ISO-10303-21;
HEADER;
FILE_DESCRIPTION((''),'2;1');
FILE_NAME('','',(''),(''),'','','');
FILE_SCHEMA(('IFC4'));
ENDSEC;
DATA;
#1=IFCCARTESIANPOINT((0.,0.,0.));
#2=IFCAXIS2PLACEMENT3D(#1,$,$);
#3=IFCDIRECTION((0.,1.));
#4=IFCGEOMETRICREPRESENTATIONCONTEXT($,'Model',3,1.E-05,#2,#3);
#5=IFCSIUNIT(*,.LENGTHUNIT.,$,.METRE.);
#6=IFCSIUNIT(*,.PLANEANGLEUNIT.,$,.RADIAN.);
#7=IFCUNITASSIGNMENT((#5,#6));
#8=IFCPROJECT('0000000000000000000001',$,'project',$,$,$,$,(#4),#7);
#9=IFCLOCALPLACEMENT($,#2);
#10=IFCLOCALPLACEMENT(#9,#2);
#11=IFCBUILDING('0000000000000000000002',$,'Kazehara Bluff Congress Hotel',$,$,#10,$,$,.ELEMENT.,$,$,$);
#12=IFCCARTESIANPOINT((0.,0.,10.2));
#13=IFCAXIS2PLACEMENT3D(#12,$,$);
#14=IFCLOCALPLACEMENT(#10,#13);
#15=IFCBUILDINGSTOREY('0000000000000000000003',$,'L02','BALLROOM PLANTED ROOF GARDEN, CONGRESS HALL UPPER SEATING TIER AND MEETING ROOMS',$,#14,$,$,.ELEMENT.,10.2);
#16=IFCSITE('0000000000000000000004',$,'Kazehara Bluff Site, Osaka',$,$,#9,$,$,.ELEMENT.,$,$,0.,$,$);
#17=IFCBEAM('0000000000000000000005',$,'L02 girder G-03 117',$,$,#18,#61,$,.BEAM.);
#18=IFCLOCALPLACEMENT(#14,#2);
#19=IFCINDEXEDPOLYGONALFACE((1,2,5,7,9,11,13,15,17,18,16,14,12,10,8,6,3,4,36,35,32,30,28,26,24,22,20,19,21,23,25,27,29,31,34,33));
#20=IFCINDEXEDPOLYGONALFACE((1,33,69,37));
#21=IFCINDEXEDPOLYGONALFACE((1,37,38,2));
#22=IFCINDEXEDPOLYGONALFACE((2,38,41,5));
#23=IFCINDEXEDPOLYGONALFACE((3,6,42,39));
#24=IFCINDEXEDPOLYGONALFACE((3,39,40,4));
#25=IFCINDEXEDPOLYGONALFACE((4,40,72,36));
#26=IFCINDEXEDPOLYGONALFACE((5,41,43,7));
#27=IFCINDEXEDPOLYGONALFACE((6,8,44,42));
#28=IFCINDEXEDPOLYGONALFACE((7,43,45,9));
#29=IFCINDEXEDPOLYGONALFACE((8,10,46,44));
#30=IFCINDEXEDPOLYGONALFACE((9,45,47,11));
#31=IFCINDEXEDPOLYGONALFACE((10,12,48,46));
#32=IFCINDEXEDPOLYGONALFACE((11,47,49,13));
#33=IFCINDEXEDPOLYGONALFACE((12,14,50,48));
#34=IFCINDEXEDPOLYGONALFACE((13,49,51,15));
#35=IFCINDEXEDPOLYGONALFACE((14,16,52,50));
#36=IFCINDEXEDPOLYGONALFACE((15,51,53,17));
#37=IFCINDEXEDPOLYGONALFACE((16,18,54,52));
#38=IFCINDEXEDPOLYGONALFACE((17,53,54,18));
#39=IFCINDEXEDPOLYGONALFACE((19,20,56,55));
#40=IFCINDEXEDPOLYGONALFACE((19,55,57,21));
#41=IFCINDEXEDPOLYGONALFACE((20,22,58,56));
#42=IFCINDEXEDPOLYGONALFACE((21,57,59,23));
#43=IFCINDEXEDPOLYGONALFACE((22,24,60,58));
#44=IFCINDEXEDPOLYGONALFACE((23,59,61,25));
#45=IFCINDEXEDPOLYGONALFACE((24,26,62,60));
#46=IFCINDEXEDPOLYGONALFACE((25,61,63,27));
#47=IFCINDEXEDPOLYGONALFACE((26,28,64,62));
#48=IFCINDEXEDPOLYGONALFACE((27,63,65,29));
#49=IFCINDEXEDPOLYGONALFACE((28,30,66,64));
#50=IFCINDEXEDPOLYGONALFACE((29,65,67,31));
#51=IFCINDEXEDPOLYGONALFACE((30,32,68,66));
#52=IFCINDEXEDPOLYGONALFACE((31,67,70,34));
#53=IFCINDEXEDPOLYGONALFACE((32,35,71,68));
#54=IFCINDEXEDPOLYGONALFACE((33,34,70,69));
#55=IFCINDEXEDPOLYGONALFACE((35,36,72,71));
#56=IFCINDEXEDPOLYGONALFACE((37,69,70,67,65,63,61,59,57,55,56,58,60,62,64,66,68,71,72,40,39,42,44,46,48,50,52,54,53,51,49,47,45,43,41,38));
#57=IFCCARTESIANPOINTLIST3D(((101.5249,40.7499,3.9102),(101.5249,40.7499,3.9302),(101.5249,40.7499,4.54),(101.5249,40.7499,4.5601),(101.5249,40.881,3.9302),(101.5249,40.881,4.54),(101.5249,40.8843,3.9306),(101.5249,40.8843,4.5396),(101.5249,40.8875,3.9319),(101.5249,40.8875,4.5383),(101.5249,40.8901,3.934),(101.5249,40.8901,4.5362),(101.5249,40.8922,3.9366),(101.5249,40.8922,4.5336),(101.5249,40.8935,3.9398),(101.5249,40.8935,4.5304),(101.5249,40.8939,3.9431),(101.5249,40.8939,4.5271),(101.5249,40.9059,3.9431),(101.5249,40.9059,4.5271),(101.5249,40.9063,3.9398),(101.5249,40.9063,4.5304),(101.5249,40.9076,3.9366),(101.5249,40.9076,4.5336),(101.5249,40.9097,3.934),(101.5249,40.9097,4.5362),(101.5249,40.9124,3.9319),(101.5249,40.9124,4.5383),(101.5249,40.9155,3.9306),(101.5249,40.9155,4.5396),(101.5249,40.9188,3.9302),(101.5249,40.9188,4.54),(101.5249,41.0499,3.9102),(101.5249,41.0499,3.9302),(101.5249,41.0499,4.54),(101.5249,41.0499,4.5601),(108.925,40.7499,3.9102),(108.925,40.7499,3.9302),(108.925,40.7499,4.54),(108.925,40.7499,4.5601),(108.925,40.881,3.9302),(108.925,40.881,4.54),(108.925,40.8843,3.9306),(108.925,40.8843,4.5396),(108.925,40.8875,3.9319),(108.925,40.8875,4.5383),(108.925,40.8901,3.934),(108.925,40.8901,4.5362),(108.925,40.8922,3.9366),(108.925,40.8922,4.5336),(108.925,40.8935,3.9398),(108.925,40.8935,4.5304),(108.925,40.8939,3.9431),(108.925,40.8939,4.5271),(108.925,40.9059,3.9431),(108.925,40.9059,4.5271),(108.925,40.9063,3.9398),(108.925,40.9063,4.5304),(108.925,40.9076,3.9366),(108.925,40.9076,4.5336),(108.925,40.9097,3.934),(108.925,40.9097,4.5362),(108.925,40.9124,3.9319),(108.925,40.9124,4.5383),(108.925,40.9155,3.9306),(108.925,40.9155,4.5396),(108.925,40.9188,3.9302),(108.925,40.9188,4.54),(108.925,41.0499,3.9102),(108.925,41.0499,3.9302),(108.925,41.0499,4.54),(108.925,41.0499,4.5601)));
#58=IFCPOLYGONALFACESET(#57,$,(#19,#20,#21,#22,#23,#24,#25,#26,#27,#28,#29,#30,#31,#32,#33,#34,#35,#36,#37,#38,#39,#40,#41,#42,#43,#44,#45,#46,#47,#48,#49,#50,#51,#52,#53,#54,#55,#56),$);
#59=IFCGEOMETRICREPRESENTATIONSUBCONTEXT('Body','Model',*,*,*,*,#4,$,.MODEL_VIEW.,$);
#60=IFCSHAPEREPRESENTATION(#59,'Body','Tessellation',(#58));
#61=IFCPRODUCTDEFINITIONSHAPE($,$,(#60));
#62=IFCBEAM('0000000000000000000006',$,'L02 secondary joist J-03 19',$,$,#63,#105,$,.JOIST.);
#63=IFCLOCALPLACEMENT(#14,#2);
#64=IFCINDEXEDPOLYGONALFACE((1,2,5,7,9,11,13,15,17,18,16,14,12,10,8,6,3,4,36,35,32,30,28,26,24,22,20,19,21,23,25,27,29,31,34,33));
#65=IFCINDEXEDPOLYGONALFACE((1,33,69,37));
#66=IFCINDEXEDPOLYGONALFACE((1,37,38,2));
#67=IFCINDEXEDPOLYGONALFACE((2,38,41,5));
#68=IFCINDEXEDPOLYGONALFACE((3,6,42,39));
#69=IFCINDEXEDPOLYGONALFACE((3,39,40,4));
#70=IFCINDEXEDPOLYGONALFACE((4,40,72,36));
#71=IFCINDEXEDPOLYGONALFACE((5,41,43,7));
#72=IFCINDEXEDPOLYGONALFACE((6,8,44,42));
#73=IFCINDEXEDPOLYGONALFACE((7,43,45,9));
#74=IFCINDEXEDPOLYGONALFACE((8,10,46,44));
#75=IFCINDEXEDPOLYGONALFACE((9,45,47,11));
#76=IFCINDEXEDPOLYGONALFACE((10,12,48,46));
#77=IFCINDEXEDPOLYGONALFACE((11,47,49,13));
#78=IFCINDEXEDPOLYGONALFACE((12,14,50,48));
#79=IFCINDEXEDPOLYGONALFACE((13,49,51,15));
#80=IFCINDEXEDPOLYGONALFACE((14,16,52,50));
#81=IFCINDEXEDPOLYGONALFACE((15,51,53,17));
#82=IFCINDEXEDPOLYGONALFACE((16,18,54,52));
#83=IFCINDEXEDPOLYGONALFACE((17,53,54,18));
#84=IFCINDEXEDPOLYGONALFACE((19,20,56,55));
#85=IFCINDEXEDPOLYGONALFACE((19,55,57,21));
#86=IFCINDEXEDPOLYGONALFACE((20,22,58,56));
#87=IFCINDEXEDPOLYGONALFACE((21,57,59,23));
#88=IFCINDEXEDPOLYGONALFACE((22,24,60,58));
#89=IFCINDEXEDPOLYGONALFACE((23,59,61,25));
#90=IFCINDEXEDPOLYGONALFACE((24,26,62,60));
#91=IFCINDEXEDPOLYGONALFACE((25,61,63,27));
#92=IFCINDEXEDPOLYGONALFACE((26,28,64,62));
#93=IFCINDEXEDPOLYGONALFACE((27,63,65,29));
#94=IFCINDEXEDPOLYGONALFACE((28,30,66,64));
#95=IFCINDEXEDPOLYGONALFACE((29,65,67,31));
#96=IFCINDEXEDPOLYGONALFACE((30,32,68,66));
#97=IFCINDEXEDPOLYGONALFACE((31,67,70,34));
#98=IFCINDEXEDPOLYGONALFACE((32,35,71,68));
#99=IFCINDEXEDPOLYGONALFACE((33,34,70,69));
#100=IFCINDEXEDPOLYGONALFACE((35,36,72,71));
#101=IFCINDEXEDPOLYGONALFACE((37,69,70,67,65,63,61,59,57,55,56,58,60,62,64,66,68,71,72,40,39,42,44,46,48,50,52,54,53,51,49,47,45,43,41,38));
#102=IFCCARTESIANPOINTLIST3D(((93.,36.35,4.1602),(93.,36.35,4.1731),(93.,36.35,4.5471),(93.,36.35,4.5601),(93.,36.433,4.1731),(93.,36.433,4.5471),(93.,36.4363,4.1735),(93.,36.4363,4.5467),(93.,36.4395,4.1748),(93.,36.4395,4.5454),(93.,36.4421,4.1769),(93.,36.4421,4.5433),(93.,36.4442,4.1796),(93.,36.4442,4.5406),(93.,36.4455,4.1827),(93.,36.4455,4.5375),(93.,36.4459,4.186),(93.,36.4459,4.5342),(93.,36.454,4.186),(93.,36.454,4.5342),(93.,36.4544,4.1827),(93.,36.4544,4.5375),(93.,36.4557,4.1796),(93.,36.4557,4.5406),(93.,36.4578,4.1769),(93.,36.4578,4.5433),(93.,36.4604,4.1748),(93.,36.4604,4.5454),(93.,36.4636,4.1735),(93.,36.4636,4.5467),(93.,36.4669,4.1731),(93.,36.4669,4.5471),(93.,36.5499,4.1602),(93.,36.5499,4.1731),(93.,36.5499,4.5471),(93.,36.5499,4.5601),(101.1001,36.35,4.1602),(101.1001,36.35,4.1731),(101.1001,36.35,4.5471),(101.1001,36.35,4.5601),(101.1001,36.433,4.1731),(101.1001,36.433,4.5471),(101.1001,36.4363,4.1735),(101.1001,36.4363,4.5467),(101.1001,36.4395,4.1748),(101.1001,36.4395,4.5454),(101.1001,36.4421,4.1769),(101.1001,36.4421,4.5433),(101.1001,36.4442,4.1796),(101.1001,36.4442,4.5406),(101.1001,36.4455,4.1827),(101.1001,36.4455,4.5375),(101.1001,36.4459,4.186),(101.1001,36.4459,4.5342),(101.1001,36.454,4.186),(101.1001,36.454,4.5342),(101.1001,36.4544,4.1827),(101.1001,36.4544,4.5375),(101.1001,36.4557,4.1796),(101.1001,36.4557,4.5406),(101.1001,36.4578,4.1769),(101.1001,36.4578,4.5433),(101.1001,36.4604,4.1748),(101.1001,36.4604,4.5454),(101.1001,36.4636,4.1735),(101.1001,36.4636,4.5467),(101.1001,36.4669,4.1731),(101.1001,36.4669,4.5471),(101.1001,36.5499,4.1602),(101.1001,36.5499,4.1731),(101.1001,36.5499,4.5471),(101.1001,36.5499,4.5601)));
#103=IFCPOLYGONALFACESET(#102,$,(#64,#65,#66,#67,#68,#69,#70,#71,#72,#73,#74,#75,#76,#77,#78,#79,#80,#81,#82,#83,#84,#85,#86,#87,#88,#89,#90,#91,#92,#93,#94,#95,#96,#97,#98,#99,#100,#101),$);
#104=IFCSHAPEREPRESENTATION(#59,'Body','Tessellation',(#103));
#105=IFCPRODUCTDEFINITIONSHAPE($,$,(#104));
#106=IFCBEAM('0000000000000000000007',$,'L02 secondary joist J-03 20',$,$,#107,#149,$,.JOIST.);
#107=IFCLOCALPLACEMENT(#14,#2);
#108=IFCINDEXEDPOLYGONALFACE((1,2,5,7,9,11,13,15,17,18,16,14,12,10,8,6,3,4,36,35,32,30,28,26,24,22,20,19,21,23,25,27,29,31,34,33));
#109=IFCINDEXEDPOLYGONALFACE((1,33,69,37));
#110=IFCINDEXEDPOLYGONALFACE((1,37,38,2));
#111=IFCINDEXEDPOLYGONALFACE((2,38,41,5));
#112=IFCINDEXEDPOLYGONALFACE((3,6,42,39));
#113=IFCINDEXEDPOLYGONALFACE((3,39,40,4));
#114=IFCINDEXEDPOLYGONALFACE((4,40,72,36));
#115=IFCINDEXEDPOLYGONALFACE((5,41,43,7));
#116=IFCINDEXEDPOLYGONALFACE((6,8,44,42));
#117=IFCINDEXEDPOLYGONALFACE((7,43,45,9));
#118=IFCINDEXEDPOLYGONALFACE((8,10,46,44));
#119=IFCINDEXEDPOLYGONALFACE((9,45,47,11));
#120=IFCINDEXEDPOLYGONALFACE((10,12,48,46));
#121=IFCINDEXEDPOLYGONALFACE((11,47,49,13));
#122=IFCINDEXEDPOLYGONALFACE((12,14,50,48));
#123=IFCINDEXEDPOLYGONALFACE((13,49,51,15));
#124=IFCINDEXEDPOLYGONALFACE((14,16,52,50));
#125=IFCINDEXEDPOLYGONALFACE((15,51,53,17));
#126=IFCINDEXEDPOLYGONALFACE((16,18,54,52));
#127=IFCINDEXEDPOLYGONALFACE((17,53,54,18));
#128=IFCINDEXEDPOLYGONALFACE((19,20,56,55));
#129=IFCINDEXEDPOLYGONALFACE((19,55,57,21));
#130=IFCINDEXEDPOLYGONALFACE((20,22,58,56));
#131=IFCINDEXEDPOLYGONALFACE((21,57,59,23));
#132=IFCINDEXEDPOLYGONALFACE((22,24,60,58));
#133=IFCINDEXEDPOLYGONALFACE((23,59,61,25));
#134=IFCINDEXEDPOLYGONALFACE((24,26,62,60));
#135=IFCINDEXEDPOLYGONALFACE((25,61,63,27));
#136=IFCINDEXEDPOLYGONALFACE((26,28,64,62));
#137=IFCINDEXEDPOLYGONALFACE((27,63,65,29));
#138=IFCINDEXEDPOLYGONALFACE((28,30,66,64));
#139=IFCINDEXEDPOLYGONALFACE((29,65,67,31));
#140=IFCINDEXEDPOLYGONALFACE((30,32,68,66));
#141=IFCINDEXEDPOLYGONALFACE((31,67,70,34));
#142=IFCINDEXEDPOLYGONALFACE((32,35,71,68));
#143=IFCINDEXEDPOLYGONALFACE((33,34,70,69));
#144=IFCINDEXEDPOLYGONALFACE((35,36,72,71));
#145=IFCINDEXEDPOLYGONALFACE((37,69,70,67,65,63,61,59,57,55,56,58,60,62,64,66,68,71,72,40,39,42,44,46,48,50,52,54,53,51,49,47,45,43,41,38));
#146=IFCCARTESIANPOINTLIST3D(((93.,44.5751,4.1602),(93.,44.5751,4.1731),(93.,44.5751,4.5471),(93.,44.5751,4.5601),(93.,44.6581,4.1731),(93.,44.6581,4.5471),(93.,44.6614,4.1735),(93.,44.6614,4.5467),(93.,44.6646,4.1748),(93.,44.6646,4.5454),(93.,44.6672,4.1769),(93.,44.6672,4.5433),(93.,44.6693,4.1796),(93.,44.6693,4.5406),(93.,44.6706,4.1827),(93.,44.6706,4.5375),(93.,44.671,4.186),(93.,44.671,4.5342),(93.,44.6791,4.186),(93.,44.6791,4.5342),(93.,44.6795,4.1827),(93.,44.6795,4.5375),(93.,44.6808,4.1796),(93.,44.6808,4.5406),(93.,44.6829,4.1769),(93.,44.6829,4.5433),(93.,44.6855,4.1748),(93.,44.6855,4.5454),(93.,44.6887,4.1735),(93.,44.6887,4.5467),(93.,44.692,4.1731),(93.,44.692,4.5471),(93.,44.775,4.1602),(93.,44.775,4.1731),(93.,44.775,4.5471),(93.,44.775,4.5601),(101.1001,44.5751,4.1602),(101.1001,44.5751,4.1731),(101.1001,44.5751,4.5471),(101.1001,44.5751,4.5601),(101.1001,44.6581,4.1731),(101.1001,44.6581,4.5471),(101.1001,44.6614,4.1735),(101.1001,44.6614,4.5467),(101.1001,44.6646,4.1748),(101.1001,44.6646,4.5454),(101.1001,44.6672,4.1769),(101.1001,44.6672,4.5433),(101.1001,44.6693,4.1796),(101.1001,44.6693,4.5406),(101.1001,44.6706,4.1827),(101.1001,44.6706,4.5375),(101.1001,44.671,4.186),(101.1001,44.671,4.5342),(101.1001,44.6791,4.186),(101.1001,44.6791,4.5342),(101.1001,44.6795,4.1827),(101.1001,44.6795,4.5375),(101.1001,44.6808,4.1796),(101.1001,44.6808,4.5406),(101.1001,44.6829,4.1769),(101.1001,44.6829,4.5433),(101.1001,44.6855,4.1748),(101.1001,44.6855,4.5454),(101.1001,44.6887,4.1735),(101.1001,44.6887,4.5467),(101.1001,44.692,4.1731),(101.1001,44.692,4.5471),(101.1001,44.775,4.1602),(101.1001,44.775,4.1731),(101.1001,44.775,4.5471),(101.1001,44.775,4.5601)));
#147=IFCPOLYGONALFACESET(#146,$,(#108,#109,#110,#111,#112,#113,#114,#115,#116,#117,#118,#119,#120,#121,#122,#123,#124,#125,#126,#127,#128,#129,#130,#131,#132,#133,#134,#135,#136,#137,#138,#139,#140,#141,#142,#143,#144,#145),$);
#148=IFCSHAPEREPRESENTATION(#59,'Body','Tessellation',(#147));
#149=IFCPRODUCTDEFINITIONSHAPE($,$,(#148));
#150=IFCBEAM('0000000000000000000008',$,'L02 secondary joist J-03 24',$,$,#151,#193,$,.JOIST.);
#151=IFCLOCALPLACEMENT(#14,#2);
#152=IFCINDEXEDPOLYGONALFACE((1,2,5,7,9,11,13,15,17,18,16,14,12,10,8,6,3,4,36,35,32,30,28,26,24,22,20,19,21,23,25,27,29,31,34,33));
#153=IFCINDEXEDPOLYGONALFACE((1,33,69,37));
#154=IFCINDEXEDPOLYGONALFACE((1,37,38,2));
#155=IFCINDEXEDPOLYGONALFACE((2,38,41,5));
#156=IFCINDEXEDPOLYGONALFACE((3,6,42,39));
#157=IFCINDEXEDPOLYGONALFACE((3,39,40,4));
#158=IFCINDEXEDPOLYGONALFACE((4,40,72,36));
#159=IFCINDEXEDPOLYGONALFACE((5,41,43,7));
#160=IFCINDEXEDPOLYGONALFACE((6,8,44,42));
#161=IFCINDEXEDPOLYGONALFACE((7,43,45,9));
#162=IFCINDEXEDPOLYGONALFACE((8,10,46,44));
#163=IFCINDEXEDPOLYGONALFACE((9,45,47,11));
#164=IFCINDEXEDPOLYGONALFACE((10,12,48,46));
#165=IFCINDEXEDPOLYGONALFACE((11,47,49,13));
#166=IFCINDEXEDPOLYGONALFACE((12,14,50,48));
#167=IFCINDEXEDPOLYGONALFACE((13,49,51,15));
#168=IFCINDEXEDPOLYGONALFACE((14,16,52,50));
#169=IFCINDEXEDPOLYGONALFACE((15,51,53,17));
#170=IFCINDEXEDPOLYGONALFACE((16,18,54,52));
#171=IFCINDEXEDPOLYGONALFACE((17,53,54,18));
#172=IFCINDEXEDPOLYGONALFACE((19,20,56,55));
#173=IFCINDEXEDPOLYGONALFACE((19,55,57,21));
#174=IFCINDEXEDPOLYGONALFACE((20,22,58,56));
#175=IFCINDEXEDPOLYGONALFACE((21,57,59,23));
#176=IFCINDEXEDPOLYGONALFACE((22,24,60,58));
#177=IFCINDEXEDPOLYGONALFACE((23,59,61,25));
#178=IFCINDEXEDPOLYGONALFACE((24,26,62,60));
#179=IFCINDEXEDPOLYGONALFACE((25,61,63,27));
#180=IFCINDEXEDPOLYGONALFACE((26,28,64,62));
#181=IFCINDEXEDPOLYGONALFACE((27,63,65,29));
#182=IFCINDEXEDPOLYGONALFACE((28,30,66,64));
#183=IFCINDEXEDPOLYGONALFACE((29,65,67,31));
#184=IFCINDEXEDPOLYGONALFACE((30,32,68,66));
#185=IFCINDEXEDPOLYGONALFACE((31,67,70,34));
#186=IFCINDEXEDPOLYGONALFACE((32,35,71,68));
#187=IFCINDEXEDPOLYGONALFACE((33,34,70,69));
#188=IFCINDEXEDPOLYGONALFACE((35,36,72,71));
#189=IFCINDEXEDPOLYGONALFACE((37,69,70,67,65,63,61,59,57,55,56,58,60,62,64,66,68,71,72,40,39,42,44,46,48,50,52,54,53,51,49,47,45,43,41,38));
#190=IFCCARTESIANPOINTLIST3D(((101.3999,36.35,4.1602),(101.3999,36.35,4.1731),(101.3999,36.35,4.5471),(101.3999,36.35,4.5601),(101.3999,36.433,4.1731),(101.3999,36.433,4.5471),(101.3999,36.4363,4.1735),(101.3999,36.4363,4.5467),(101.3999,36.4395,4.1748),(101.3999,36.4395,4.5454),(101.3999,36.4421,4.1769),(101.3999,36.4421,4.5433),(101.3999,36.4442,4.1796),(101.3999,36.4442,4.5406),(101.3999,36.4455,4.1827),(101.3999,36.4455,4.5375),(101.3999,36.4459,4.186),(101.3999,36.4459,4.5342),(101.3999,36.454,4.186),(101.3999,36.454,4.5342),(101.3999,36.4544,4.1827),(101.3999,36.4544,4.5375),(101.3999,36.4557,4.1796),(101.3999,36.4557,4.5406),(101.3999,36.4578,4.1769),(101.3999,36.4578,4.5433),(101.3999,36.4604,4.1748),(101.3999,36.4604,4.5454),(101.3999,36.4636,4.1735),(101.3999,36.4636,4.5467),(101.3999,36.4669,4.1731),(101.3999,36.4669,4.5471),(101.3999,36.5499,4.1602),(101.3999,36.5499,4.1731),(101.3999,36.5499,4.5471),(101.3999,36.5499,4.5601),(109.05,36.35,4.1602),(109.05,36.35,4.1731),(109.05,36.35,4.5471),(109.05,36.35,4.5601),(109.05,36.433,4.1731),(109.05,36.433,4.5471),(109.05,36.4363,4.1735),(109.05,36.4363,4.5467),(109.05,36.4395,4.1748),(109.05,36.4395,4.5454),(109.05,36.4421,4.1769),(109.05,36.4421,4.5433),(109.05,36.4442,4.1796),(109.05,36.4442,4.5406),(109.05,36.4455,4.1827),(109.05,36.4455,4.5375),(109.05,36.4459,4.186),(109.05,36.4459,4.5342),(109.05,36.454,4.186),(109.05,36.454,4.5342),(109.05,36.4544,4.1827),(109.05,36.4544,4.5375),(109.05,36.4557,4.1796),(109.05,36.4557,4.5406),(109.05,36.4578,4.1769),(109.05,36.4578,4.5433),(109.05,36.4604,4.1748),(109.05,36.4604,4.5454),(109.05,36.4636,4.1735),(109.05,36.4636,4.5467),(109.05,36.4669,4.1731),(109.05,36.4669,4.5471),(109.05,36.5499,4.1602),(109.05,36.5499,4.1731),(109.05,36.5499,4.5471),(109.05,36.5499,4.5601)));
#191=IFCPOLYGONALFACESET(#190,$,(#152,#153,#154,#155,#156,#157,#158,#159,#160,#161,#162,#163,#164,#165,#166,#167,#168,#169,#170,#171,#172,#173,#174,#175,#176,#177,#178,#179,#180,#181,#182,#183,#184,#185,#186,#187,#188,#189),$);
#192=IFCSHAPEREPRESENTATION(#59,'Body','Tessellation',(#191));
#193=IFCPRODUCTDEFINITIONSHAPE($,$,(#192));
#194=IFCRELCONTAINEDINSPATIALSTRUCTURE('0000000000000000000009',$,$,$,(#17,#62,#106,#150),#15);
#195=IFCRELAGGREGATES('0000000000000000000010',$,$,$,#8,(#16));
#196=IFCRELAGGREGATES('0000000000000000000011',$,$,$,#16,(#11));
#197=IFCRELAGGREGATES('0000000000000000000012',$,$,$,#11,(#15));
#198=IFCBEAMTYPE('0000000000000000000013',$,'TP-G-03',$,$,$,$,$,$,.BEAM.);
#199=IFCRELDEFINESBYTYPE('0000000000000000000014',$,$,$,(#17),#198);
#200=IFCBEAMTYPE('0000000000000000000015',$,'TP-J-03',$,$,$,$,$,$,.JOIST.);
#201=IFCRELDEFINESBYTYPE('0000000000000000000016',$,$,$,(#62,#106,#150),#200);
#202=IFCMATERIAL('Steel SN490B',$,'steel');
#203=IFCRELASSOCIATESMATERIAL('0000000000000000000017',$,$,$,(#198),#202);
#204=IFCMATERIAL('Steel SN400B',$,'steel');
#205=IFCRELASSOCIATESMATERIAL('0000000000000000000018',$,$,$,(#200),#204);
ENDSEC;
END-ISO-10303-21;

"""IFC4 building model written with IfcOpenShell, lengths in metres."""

from ifc_helpers import new_model, si_unit, direction, frame, origin, origin_2d, place, context, subcontext, project, spatial, i_section, extrude, material, material_profile, profile_set, type_object, element, save


model = new_model("IFC4")

# Units and contexts
model_context = context("Model", 3, precision=1e-05, world=origin(), true_north=direction((0.0, 1.0)))
body_context = subcontext(model_context, "Body", "Model", "MODEL_VIEW")
ifc_project = project(units=[si_unit("LENGTHUNIT", "METRE"), si_unit("PLANEANGLEUNIT", "RADIAN")], contexts=[model_context])

# Site, building, storey
site_placement = place(None, origin())
site = spatial("IfcSite", under=ifc_project, at=site_placement, Name="Kazehara Bluff Site, Osaka", CompositionType="ELEMENT", RefElevation=0.0)
building_placement = place(site_placement, origin())
building = spatial("IfcBuilding", under=site, at=building_placement, Name="Kazehara Bluff Congress Hotel", CompositionType="ELEMENT")
storey_placement = place(building_placement, frame((0.0, 0.0, 10.2)))
storey = spatial("IfcBuildingStorey", under=building, at=storey_placement, Name="L02", Description="BALLROOM PLANTED ROOF GARDEN, CONGRESS HALL UPPER SEATING TIER AND MEETING ROOMS", CompositionType="ELEMENT", Elevation=10.2)

# Beams
ifc_material_1 = material(Name="Steel SN490B", Category="steel")
ifc_material_profile_1 = material_profile(ifc_material_1, i_section(OverallWidth=0.3, OverallDepth=0.6499, WebThickness=0.012, FlangeThickness=0.02, FilletRadius=0.0129, at=origin_2d()))
ifc_profile_set_1 = profile_set([ifc_material_profile_1], Name="Steel SN490B")
beam_type_1 = type_object("IfcBeamType", Name="TP-G-03", PredefinedType="BEAM", material=ifc_profile_set_1)
beam_1_placement = place(storey_placement, frame((101.5249, 40.8999, 4.2351), z_axis=(1.0, 0.0, 0.0), x_axis=(0.0, 1.0, 0.0)))
element("IfcBeam", 1, at=beam_1_placement, inside=storey, type_object=beam_type_1, Name="L02 girder G-03 117", PredefinedType="BEAM", context=body_context, shape_type="SweptSolid", body=[
    extrude(i_section(OverallWidth=0.3, OverallDepth=0.6499, WebThickness=0.012, FlangeThickness=0.02, FilletRadius=0.0129, at=origin_2d()), origin(), (0.0, 0.0, 1.0), 7.4001),
])
ifc_material_2 = material(Name="Steel SN400B", Category="steel")
ifc_material_profile_2 = material_profile(ifc_material_2, i_section(OverallWidth=0.2, OverallDepth=0.3999, WebThickness=0.0081, FlangeThickness=0.0129, FilletRadius=0.0129, at=origin_2d()))
ifc_profile_set_2 = profile_set([ifc_material_profile_2], Name="Steel SN400B")
beam_type_2 = type_object("IfcBeamType", Name="TP-J-03", PredefinedType="JOIST", material=ifc_profile_set_2)
for number, where, z_axis, x_axis, name in (
    (2, (93.0, 36.45, 4.3601), (1.0, 0.0, 0.0), (0.0, 1.0, 0.0), "L02 secondary joist J-03 19"),
    (3, (93.0, 44.675, 4.3601), (1.0, 0.0, 0.0), (0.0, 1.0, 0.0), "L02 secondary joist J-03 20"),
):
    element("IfcBeam", number, at=place(storey_placement, frame(where, z_axis=z_axis, x_axis=x_axis)), inside=storey, type_object=beam_type_2, Name=name, PredefinedType="JOIST", context=body_context, shape_type="SweptSolid", body=[
        extrude(i_section(OverallWidth=0.2, OverallDepth=0.3999, WebThickness=0.0081, FlangeThickness=0.0129, FilletRadius=0.0129, at=origin_2d()), origin(), (0.0, 0.0, 1.0), 8.1001),
    ])
for number, where, z_axis, x_axis, name in (
    (4, (101.3999, 36.45, 4.3601), (1.0, 0.0, 0.0), (0.0, 1.0, 0.0), "L02 secondary joist J-03 24"),
):
    element("IfcBeam", number, at=place(storey_placement, frame(where, z_axis=z_axis, x_axis=x_axis)), inside=storey, type_object=beam_type_2, Name=name, PredefinedType="JOIST", context=body_context, shape_type="SweptSolid", body=[
        extrude(i_section(OverallWidth=0.2, OverallDepth=0.3999, WebThickness=0.0081, FlangeThickness=0.0129, FilletRadius=0.0129, at=origin_2d()), origin(), (0.0, 0.0, 1.0), 7.6501),
    ])

save(model, "model.ifc")
